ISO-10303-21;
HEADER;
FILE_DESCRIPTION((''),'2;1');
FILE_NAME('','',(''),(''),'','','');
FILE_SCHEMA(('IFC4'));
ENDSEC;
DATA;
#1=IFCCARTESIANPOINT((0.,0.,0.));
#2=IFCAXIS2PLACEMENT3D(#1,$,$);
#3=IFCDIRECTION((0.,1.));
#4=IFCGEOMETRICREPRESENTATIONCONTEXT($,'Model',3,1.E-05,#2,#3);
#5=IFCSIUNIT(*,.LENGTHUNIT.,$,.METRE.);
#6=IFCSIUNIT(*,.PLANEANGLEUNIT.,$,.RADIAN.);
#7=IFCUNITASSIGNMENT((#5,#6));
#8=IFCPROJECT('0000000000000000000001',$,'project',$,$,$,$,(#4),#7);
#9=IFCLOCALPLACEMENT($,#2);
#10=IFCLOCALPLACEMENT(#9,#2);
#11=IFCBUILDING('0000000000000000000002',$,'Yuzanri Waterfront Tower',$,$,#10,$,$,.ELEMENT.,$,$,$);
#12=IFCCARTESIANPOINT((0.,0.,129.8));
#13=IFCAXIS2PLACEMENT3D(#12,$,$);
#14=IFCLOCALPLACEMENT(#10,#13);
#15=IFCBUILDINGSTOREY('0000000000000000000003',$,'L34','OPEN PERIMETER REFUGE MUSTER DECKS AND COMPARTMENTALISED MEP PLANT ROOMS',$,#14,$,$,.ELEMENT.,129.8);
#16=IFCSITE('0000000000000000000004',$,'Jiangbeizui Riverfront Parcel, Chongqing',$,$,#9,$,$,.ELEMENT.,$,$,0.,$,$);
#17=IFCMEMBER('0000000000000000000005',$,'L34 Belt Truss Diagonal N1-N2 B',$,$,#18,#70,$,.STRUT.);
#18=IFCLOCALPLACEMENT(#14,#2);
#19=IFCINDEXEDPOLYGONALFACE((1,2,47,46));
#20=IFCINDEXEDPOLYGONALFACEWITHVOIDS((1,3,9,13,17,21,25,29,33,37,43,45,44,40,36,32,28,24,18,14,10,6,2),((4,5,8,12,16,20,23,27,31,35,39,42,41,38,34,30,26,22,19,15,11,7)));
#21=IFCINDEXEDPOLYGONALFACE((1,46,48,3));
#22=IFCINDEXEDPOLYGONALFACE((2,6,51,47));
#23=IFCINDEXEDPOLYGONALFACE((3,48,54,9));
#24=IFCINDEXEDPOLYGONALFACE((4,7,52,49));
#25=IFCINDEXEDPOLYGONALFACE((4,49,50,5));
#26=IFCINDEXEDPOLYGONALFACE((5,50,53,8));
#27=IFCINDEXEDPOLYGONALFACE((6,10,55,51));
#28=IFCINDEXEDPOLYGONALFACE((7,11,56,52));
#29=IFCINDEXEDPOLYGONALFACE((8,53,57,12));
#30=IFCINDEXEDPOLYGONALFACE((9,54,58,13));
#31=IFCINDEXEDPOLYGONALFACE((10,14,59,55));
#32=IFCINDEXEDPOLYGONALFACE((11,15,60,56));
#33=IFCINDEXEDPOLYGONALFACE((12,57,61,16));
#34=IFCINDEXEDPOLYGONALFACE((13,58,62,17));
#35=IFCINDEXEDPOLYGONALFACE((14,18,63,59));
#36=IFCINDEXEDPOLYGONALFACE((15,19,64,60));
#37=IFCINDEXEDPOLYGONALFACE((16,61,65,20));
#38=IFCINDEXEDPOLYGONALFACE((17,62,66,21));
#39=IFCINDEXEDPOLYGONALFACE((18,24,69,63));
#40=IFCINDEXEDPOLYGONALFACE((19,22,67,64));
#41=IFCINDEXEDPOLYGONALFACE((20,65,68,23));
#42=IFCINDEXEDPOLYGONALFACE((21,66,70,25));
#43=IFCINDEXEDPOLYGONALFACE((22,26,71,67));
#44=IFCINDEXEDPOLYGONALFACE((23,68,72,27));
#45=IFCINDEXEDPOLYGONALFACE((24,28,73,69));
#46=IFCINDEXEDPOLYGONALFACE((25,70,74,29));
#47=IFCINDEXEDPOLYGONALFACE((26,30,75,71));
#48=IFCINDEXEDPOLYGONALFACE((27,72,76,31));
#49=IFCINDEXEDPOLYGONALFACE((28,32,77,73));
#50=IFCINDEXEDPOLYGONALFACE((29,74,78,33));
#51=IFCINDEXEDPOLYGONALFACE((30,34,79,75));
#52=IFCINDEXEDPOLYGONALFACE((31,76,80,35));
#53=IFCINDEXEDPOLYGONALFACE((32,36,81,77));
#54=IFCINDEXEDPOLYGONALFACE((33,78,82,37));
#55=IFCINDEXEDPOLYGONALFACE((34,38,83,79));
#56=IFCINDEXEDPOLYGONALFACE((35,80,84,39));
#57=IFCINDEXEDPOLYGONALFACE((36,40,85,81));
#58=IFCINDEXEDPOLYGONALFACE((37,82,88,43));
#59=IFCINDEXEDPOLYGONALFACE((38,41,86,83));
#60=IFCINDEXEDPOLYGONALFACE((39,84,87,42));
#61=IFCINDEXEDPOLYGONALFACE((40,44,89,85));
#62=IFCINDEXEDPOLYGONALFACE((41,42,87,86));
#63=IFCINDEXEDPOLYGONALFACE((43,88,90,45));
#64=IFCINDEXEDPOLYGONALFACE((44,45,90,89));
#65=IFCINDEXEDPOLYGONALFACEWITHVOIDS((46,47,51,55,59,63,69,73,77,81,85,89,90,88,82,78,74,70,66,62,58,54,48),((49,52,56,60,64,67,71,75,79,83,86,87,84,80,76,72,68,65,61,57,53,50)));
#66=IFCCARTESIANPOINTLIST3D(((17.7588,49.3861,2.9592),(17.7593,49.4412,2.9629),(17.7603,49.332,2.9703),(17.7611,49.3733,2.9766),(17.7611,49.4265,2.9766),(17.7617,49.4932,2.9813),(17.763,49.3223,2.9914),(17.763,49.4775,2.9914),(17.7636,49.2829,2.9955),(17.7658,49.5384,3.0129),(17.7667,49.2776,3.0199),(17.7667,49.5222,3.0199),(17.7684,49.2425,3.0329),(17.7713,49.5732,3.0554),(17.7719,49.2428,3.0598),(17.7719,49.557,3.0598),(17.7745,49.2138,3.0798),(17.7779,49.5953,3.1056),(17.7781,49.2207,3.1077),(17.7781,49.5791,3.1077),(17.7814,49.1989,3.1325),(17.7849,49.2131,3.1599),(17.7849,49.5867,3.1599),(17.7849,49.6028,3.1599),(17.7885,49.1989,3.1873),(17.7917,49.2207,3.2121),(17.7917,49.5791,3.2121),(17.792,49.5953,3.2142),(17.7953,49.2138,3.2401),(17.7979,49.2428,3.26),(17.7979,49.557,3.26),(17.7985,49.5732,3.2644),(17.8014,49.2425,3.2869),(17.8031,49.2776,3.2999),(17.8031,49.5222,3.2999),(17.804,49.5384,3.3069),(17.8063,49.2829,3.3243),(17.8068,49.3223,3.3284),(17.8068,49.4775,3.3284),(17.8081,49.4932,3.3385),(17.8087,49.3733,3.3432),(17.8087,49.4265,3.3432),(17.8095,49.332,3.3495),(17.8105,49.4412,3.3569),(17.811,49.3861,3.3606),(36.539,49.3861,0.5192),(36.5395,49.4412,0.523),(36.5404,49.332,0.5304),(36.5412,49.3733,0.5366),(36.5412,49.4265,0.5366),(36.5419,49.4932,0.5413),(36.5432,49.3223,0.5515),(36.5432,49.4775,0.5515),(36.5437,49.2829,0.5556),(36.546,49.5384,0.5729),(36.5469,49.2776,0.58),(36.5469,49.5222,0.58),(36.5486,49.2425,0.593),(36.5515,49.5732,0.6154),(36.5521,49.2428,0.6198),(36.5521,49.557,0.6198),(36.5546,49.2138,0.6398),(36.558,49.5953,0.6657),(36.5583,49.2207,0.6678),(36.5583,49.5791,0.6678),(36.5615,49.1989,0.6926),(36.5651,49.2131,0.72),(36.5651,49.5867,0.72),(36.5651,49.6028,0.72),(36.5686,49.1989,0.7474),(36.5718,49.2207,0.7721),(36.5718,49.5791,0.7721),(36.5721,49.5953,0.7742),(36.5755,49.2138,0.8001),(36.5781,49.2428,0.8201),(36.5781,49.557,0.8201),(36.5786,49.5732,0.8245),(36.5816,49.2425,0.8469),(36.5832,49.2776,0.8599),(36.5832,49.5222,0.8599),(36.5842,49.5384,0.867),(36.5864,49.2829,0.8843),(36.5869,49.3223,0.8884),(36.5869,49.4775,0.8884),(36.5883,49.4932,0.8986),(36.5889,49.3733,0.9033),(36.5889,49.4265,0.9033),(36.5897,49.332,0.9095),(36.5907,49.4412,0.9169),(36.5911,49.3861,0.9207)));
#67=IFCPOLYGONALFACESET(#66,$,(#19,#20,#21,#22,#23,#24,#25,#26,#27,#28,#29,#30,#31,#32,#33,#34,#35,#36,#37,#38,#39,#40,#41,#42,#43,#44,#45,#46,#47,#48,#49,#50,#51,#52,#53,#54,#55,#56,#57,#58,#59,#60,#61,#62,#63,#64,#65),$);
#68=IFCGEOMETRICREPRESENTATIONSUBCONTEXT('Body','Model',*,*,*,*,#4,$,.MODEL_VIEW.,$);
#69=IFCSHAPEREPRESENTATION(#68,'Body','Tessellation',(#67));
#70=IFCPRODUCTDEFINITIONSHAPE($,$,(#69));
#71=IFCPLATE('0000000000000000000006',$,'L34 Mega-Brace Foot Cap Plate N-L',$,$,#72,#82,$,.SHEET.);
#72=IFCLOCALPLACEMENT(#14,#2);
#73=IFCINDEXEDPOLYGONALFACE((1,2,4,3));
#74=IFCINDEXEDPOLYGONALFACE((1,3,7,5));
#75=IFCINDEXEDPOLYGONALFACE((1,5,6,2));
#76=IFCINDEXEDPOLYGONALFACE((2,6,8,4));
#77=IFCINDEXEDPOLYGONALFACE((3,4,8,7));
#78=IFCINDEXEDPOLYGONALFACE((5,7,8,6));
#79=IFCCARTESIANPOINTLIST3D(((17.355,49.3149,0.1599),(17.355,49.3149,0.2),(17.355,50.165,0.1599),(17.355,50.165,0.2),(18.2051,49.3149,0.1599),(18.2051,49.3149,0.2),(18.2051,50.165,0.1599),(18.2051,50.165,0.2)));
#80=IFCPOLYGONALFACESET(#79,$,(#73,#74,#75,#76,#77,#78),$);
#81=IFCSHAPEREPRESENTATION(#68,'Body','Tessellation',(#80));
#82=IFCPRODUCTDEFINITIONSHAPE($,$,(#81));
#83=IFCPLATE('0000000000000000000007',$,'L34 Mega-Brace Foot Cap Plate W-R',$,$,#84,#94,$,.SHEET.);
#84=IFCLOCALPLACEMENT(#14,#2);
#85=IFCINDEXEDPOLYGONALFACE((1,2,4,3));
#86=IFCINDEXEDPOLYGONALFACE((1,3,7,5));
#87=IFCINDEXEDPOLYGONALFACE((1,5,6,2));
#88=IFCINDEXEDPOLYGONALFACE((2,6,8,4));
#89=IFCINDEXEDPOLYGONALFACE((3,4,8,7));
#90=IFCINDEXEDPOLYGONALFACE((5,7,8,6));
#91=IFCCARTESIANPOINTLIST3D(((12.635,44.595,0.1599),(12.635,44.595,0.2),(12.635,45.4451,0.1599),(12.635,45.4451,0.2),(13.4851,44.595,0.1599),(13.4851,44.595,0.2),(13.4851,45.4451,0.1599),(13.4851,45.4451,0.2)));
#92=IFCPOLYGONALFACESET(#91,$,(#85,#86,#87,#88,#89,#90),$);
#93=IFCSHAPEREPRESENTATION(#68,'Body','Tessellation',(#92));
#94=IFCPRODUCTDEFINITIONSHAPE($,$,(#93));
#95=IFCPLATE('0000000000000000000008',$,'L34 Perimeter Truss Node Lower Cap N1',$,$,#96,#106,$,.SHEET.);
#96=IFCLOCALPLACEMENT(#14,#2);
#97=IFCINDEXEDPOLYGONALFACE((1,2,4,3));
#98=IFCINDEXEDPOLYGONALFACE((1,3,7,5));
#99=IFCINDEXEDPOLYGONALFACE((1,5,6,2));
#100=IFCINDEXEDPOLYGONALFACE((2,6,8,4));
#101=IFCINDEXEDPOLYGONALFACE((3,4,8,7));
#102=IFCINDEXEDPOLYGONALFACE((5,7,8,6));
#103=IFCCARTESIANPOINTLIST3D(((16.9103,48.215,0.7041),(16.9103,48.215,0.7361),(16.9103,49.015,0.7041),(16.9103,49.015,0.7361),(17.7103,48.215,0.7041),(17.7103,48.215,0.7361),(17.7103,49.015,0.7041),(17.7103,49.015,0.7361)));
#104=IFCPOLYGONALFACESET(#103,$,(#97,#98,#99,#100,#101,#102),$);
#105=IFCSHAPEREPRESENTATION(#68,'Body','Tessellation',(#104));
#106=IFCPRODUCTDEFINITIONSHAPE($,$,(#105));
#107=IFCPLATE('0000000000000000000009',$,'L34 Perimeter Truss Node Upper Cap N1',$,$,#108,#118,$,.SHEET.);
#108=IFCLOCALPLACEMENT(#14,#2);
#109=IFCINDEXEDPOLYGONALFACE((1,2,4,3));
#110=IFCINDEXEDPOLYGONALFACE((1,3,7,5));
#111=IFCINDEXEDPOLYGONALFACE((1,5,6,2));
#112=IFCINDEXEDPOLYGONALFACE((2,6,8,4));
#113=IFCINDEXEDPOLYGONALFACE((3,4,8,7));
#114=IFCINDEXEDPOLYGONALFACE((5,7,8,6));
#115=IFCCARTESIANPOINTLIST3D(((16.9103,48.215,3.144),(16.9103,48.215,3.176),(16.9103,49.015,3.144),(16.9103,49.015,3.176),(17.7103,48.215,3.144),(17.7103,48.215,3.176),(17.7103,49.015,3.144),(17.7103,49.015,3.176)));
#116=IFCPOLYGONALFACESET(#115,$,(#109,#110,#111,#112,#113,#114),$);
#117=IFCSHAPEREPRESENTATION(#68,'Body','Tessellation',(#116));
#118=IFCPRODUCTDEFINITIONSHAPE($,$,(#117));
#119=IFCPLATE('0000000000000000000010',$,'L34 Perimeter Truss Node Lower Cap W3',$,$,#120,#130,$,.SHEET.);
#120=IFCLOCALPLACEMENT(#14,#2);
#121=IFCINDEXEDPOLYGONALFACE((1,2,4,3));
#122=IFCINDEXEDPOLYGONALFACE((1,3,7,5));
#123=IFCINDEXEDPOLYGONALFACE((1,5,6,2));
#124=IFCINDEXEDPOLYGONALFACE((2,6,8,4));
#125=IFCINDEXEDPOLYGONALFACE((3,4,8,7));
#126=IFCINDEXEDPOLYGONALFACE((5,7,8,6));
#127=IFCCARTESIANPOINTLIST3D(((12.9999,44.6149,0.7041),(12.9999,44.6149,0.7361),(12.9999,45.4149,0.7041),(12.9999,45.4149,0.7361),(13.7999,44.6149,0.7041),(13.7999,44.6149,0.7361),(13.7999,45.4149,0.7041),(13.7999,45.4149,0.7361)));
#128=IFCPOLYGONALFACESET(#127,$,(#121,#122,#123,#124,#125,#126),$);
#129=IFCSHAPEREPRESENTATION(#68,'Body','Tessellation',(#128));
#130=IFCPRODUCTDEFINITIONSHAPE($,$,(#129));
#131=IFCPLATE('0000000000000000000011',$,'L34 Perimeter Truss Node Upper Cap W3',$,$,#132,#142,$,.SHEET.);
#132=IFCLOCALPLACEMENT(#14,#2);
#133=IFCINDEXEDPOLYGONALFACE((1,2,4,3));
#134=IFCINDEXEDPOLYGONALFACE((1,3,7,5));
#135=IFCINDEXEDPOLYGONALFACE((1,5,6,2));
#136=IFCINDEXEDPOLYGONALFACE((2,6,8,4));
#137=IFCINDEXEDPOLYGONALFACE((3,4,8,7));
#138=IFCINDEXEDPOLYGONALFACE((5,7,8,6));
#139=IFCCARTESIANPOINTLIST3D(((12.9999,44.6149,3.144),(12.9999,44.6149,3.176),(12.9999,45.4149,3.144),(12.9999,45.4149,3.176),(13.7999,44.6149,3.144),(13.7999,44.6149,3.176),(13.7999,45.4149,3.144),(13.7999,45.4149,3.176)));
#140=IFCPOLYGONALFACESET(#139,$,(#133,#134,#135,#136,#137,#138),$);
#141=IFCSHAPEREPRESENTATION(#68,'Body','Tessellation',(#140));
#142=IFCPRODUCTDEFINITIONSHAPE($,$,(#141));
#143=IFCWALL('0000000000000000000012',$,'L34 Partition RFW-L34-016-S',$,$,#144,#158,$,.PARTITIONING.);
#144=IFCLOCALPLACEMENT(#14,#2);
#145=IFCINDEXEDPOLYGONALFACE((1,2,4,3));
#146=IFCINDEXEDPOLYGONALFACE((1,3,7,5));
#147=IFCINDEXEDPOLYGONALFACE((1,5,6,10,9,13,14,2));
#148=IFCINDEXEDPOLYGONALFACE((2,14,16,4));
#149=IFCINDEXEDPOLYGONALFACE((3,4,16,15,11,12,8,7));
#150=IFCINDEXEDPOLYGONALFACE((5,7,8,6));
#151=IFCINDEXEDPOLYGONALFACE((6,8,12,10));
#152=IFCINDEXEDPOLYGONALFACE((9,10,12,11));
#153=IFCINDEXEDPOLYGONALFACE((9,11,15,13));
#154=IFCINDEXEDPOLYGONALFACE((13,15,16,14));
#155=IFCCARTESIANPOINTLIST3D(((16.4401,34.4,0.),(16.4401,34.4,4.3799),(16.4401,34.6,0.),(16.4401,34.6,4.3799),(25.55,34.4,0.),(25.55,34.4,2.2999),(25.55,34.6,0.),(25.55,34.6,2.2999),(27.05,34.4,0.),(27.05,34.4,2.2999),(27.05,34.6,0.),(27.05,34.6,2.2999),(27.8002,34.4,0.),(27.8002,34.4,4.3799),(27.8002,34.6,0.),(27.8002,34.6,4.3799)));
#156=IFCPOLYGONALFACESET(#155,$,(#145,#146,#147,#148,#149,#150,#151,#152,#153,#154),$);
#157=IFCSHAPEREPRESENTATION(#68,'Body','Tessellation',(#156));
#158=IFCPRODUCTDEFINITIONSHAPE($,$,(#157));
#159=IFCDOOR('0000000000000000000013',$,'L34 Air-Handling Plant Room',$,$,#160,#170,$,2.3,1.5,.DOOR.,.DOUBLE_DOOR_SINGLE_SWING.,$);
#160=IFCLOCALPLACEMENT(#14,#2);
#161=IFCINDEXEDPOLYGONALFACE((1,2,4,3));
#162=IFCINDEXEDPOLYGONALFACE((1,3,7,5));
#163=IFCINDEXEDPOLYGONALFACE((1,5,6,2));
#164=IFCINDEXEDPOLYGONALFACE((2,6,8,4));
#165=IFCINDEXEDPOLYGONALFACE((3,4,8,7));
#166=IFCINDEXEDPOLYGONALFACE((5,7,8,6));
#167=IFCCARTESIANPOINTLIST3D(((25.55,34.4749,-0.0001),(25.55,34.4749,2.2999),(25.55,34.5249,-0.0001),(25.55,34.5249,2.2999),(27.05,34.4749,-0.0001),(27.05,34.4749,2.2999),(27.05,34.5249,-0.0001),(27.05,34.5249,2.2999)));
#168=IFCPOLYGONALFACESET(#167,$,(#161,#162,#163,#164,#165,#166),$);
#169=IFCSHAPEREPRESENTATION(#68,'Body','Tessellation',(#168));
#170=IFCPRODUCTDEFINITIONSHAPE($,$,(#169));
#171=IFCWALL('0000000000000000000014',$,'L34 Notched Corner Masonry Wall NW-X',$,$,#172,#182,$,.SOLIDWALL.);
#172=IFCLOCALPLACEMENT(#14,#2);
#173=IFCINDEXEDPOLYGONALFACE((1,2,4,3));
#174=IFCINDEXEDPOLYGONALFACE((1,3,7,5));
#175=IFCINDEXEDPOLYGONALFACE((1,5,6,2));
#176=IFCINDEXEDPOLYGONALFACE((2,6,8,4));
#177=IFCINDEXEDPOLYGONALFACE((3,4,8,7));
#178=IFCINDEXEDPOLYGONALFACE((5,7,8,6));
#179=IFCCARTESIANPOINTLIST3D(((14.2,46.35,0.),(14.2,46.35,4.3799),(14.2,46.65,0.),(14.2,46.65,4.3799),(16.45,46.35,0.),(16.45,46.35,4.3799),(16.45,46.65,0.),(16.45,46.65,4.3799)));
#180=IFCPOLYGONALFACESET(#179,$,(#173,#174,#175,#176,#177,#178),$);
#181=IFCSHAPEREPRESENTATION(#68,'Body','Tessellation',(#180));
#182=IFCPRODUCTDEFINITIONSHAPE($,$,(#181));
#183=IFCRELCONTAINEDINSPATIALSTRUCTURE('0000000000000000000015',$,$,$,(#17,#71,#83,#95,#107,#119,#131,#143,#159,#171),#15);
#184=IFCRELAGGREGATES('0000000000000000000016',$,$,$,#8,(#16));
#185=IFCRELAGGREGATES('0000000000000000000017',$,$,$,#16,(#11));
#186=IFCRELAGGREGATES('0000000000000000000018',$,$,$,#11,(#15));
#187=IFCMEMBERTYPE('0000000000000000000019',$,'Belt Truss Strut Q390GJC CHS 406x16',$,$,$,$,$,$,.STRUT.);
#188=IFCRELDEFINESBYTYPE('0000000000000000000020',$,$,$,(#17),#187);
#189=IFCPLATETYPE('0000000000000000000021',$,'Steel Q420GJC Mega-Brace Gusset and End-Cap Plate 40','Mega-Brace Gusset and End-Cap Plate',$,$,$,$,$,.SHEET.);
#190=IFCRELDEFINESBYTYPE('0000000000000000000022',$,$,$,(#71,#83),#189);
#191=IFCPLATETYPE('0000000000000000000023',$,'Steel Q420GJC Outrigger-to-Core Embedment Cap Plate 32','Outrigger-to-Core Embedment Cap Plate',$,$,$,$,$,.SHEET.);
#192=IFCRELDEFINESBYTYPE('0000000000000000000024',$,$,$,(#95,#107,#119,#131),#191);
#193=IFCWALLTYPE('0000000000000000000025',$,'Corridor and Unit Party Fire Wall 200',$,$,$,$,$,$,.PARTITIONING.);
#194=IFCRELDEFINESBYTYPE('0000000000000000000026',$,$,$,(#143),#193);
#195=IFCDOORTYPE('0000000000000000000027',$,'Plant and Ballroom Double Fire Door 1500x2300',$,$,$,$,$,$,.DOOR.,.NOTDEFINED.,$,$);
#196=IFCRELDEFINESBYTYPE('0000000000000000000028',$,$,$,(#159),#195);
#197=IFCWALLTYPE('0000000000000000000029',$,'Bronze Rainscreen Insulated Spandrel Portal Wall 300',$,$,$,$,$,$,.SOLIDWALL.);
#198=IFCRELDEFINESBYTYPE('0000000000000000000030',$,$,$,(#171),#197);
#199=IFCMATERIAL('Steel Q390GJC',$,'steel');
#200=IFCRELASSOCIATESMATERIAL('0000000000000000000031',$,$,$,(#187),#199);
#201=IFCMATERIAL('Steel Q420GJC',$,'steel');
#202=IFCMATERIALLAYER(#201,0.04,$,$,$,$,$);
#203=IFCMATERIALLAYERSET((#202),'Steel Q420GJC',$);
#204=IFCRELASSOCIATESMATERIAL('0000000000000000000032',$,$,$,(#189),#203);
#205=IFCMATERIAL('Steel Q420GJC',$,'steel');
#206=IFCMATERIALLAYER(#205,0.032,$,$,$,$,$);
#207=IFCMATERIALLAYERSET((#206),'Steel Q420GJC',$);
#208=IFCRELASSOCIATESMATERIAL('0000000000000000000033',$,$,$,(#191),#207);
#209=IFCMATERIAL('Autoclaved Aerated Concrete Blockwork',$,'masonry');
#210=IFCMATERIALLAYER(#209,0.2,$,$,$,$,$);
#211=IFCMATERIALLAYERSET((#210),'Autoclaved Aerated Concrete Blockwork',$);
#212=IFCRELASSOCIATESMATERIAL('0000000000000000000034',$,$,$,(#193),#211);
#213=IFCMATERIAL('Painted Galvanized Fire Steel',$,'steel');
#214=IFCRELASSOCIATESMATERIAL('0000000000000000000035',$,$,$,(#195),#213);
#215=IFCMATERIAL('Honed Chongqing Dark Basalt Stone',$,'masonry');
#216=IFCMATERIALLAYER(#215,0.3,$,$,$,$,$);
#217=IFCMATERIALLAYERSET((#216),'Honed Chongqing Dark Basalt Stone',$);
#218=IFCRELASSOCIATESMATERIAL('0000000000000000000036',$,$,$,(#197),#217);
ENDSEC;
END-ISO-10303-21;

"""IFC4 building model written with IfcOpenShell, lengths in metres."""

from ifc_helpers import new_model, si_unit, direction, frame, frame_2d, origin, origin_2d, place, context, subcontext, project, spatial, rectangle, hollow_circle, extrude, source, transform, mapped, material, layer, layer_set, material_profile, profile_set, type_object, element, fill, save


model = new_model("IFC4")

# Units and contexts
model_context = context("Model", 3, precision=1e-05, world=origin(), true_north=direction((0.0, 1.0)))
body_context = subcontext(model_context, "Body", "Model", "MODEL_VIEW")
ifc_project = project(units=[si_unit("LENGTHUNIT", "METRE"), si_unit("PLANEANGLEUNIT", "RADIAN")], contexts=[model_context])

# Site, building, storey
site_placement = place(None, origin())
site = spatial("IfcSite", under=ifc_project, at=site_placement, Name="Jiangbeizui Riverfront Parcel, Chongqing", CompositionType="ELEMENT", RefElevation=0.0)
building_placement = place(site_placement, origin())
building = spatial("IfcBuilding", under=site, at=building_placement, Name="Yuzanri Waterfront Tower", CompositionType="ELEMENT")
storey_placement = place(building_placement, frame((0.0, 0.0, 129.8)))
storey = spatial("IfcBuildingStorey", under=building, at=storey_placement, Name="L34", Description="OPEN PERIMETER REFUGE MUSTER DECKS AND COMPARTMENTALISED MEP PLANT ROOMS", CompositionType="ELEMENT", Elevation=129.8)

# Member
ifc_material_1 = material(Name="Steel Q390GJC", Category="steel")
ifc_material_profile_1 = material_profile(ifc_material_1, hollow_circle(Radius=0.2029, WallThickness=0.0161, at=origin_2d()), Name="CHS 406x16")
ifc_profile_set_1 = profile_set([ifc_material_profile_1], Name="Steel Q390GJC")
member_type_1 = type_object("IfcMemberType", Name="Belt Truss Strut Q390GJC CHS 406x16", PredefinedType="STRUT", material=ifc_profile_set_1)
shared_shape_1 = source(origin(), body_context, "Body", "SweptSolid", [
    extrude(hollow_circle(Radius=0.2029, WallThickness=0.0161, at=origin_2d()), origin(), (0.0, 0.0, 1.0), 18.938),
])
for number, where, z_axis, x_axis, name in (
    (1, (17.7849, 49.3999, 3.1599), (0.991665, 0.0, -0.128839), (0.0, 1.0, 0.0), "L34 Belt Truss Diagonal N1-N2 B"),
):
    element("IfcMember", number, at=place(storey_placement, frame(where, z_axis=z_axis, x_axis=x_axis)), inside=storey, type_object=member_type_1, Name=name, PredefinedType="STRUT", context=body_context, shape_type="MappedRepresentation", body=[
        mapped(shared_shape_1, transform((0.0, 0.0, 0.0), scale=1.0)),
    ])

# Plates
ifc_material_2 = material(Name="Steel Q420GJC", Category="steel")
ifc_layer_1 = layer(ifc_material_2, 0.04)
ifc_layer_set_1 = layer_set([ifc_layer_1], Name="Steel Q420GJC")
plate_type_1 = type_object("IfcPlateType", Name="Steel Q420GJC Mega-Brace Gusset and End-Cap Plate 40", Description="Mega-Brace Gusset and End-Cap Plate", PredefinedType="SHEET", material=ifc_layer_set_1)
shared_shape_2 = source(origin(), body_context, "Body", "SweptSolid", [
    extrude(rectangle(XDim=0.8501, YDim=0.8501, at=origin_2d()), origin(), (0.0, 0.0, 1.0), 0.04),
])
for number, where, z_axis, x_axis, name in (
    (2, (17.78, 49.74, 0.1599), (0.0, 0.0, 1.0), (1.0, 0.0, 0.0), "L34 Mega-Brace Foot Cap Plate N-L"),
    (3, (13.0601, 45.02, 0.1599), (0.0, 0.0, 1.0), (1.0, 0.0, 0.0), "L34 Mega-Brace Foot Cap Plate W-R"),
):
    element("IfcPlate", number, at=place(storey_placement, frame(where, z_axis=z_axis, x_axis=x_axis)), inside=storey, type_object=plate_type_1, Name=name, PredefinedType="SHEET", context=body_context, shape_type="MappedRepresentation", body=[
        mapped(shared_shape_2, transform((0.0, 0.0, 0.0), scale=1.0)),
    ])
ifc_material_3 = material(Name="Steel Q420GJC", Category="steel")
ifc_layer_2 = layer(ifc_material_3, 0.032)
ifc_layer_set_2 = layer_set([ifc_layer_2], Name="Steel Q420GJC")
plate_type_2 = type_object("IfcPlateType", Name="Steel Q420GJC Outrigger-to-Core Embedment Cap Plate 32", Description="Outrigger-to-Core Embedment Cap Plate", PredefinedType="SHEET", material=ifc_layer_set_2)
shared_shape_3 = source(origin(), body_context, "Body", "SweptSolid", [
    extrude(rectangle(XDim=0.8, YDim=0.8, at=origin_2d()), origin(), (0.0, 0.0, 1.0), 0.032),
])
for number, where, z_axis, x_axis, name in (
    (4, (17.3103, 48.615, 0.7041), (0.0, 0.0, 1.0), (1.0, 0.0, 0.0), "L34 Perimeter Truss Node Lower Cap N1"),
    (5, (17.3103, 48.615, 3.144), (0.0, 0.0, 1.0), (1.0, 0.0, 0.0), "L34 Perimeter Truss Node Upper Cap N1"),
    (6, (13.3999, 45.0149, 0.7041), (0.0, 0.0, 1.0), (1.0, 0.0, 0.0), "L34 Perimeter Truss Node Lower Cap W3"),
    (7, (13.3999, 45.0149, 3.144), (0.0, 0.0, 1.0), (1.0, 0.0, 0.0), "L34 Perimeter Truss Node Upper Cap W3"),
):
    element("IfcPlate", number, at=place(storey_placement, frame(where, z_axis=z_axis, x_axis=x_axis)), inside=storey, type_object=plate_type_2, Name=name, PredefinedType="SHEET", context=body_context, shape_type="MappedRepresentation", body=[
        mapped(shared_shape_3, transform((0.0, 0.0, 0.0), scale=1.0)),
    ])

# Wall, opening, door
ifc_material_4 = material(Name="Autoclaved Aerated Concrete Blockwork", Category="masonry")
ifc_layer_3 = layer(ifc_material_4, 0.2)
ifc_layer_set_3 = layer_set([ifc_layer_3], Name="Autoclaved Aerated Concrete Blockwork")
wall_type_1 = type_object("IfcWallType", Name="Corridor and Unit Party Fire Wall 200", PredefinedType="PARTITIONING", material=ifc_layer_set_3)
wall_1_placement = place(storey_placement, frame((16.4399, 34.5, 0.0), z_axis=(0.0, 0.0, 1.0), x_axis=(1.0, 0.0, 0.0)))
wall_1 = element("IfcWall", 8, at=wall_1_placement, inside=storey, type_object=wall_type_1, Name="L34 Partition RFW-L34-016-S", PredefinedType="PARTITIONING", context=body_context, shape_type="SweptSolid", body=[
    extrude(rectangle(XDim=11.3601, YDim=0.2, at=frame_2d((5.6802, 0.0))), origin(), (0.0, 0.0, 1.0), 4.3799),
])
opening_placement = place(wall_1_placement, frame((9.1101, 0.0, 0.0)))
opening = element("IfcOpeningElement", 9, at=opening_placement, cuts=wall_1, PredefinedType="OPENING", context=body_context, shape_type="SweptSolid", body=[
    extrude(rectangle(XDim=1.5, YDim=2.3, at=frame_2d((0.75, 1.1499))), frame((0.0, 0.1147, 0.0), z_axis=(0.0, -1.0, 0.0), x_axis=(1.0, 0.0, 0.0)), (0.0, 0.0, 1.0), 0.2297),
])
ifc_material_5 = material(Name="Painted Galvanized Fire Steel", Category="steel")
door_type = type_object("IfcDoorType", Name="Plant and Ballroom Double Fire Door 1500x2300", OperationType="NOTDEFINED", PredefinedType="DOOR", material=ifc_material_5)
shared_shape_4 = source(origin(), body_context, "Body", "SweptSolid", [
    extrude(rectangle(XDim=1.5, YDim=2.3, at=frame_2d((0.75, 1.1499))), frame((0.0, 0.0249, 0.0), z_axis=(0.0, -1.0, 0.0), x_axis=(1.0, 0.0, 0.0)), (0.0, 0.0, 1.0), 0.05),
])
door_placement = place(opening_placement, origin())
door = element("IfcDoor", 10, at=door_placement, inside=storey, type_object=door_type, Name="L34 Air-Handling Plant Room", OperationType="DOUBLE_DOOR_SINGLE_SWING", OverallHeight=2.3, OverallWidth=1.5, PredefinedType="DOOR", context=body_context, shape_type="MappedRepresentation", body=[
    mapped(shared_shape_4, transform((0.0, 0.0, 0.0), scale=1.0)),
])
fill(opening, door)

# Wall
ifc_material_6 = material(Name="Honed Chongqing Dark Basalt Stone", Category="masonry")
ifc_layer_4 = layer(ifc_material_6, 0.3)
ifc_layer_set_4 = layer_set([ifc_layer_4], Name="Honed Chongqing Dark Basalt Stone")
wall_type_2 = type_object("IfcWallType", Name="Bronze Rainscreen Insulated Spandrel Portal Wall 300", PredefinedType="SOLIDWALL", material=ifc_layer_set_4)
shared_shape_5 = source(origin(), body_context, "Body", "SweptSolid", [
    extrude(rectangle(XDim=2.25, YDim=0.3, at=frame_2d((1.125, 0.0))), origin(), (0.0, 0.0, 1.0), 4.3799),
])
wall_2_placement = place(storey_placement, frame((16.45, 46.5, 0.0), z_axis=(0.0, 0.0, 1.0), x_axis=(-1.0, 0.0, 0.0)))
element("IfcWall", 11, at=wall_2_placement, inside=storey, type_object=wall_type_2, Name="L34 Notched Corner Masonry Wall NW-X", PredefinedType="SOLIDWALL", context=body_context, shape_type="MappedRepresentation", body=[
    mapped(shared_shape_5, transform((0.0, 0.0, 0.0), scale=1.0)),
])

save(model, "model.ifc")
